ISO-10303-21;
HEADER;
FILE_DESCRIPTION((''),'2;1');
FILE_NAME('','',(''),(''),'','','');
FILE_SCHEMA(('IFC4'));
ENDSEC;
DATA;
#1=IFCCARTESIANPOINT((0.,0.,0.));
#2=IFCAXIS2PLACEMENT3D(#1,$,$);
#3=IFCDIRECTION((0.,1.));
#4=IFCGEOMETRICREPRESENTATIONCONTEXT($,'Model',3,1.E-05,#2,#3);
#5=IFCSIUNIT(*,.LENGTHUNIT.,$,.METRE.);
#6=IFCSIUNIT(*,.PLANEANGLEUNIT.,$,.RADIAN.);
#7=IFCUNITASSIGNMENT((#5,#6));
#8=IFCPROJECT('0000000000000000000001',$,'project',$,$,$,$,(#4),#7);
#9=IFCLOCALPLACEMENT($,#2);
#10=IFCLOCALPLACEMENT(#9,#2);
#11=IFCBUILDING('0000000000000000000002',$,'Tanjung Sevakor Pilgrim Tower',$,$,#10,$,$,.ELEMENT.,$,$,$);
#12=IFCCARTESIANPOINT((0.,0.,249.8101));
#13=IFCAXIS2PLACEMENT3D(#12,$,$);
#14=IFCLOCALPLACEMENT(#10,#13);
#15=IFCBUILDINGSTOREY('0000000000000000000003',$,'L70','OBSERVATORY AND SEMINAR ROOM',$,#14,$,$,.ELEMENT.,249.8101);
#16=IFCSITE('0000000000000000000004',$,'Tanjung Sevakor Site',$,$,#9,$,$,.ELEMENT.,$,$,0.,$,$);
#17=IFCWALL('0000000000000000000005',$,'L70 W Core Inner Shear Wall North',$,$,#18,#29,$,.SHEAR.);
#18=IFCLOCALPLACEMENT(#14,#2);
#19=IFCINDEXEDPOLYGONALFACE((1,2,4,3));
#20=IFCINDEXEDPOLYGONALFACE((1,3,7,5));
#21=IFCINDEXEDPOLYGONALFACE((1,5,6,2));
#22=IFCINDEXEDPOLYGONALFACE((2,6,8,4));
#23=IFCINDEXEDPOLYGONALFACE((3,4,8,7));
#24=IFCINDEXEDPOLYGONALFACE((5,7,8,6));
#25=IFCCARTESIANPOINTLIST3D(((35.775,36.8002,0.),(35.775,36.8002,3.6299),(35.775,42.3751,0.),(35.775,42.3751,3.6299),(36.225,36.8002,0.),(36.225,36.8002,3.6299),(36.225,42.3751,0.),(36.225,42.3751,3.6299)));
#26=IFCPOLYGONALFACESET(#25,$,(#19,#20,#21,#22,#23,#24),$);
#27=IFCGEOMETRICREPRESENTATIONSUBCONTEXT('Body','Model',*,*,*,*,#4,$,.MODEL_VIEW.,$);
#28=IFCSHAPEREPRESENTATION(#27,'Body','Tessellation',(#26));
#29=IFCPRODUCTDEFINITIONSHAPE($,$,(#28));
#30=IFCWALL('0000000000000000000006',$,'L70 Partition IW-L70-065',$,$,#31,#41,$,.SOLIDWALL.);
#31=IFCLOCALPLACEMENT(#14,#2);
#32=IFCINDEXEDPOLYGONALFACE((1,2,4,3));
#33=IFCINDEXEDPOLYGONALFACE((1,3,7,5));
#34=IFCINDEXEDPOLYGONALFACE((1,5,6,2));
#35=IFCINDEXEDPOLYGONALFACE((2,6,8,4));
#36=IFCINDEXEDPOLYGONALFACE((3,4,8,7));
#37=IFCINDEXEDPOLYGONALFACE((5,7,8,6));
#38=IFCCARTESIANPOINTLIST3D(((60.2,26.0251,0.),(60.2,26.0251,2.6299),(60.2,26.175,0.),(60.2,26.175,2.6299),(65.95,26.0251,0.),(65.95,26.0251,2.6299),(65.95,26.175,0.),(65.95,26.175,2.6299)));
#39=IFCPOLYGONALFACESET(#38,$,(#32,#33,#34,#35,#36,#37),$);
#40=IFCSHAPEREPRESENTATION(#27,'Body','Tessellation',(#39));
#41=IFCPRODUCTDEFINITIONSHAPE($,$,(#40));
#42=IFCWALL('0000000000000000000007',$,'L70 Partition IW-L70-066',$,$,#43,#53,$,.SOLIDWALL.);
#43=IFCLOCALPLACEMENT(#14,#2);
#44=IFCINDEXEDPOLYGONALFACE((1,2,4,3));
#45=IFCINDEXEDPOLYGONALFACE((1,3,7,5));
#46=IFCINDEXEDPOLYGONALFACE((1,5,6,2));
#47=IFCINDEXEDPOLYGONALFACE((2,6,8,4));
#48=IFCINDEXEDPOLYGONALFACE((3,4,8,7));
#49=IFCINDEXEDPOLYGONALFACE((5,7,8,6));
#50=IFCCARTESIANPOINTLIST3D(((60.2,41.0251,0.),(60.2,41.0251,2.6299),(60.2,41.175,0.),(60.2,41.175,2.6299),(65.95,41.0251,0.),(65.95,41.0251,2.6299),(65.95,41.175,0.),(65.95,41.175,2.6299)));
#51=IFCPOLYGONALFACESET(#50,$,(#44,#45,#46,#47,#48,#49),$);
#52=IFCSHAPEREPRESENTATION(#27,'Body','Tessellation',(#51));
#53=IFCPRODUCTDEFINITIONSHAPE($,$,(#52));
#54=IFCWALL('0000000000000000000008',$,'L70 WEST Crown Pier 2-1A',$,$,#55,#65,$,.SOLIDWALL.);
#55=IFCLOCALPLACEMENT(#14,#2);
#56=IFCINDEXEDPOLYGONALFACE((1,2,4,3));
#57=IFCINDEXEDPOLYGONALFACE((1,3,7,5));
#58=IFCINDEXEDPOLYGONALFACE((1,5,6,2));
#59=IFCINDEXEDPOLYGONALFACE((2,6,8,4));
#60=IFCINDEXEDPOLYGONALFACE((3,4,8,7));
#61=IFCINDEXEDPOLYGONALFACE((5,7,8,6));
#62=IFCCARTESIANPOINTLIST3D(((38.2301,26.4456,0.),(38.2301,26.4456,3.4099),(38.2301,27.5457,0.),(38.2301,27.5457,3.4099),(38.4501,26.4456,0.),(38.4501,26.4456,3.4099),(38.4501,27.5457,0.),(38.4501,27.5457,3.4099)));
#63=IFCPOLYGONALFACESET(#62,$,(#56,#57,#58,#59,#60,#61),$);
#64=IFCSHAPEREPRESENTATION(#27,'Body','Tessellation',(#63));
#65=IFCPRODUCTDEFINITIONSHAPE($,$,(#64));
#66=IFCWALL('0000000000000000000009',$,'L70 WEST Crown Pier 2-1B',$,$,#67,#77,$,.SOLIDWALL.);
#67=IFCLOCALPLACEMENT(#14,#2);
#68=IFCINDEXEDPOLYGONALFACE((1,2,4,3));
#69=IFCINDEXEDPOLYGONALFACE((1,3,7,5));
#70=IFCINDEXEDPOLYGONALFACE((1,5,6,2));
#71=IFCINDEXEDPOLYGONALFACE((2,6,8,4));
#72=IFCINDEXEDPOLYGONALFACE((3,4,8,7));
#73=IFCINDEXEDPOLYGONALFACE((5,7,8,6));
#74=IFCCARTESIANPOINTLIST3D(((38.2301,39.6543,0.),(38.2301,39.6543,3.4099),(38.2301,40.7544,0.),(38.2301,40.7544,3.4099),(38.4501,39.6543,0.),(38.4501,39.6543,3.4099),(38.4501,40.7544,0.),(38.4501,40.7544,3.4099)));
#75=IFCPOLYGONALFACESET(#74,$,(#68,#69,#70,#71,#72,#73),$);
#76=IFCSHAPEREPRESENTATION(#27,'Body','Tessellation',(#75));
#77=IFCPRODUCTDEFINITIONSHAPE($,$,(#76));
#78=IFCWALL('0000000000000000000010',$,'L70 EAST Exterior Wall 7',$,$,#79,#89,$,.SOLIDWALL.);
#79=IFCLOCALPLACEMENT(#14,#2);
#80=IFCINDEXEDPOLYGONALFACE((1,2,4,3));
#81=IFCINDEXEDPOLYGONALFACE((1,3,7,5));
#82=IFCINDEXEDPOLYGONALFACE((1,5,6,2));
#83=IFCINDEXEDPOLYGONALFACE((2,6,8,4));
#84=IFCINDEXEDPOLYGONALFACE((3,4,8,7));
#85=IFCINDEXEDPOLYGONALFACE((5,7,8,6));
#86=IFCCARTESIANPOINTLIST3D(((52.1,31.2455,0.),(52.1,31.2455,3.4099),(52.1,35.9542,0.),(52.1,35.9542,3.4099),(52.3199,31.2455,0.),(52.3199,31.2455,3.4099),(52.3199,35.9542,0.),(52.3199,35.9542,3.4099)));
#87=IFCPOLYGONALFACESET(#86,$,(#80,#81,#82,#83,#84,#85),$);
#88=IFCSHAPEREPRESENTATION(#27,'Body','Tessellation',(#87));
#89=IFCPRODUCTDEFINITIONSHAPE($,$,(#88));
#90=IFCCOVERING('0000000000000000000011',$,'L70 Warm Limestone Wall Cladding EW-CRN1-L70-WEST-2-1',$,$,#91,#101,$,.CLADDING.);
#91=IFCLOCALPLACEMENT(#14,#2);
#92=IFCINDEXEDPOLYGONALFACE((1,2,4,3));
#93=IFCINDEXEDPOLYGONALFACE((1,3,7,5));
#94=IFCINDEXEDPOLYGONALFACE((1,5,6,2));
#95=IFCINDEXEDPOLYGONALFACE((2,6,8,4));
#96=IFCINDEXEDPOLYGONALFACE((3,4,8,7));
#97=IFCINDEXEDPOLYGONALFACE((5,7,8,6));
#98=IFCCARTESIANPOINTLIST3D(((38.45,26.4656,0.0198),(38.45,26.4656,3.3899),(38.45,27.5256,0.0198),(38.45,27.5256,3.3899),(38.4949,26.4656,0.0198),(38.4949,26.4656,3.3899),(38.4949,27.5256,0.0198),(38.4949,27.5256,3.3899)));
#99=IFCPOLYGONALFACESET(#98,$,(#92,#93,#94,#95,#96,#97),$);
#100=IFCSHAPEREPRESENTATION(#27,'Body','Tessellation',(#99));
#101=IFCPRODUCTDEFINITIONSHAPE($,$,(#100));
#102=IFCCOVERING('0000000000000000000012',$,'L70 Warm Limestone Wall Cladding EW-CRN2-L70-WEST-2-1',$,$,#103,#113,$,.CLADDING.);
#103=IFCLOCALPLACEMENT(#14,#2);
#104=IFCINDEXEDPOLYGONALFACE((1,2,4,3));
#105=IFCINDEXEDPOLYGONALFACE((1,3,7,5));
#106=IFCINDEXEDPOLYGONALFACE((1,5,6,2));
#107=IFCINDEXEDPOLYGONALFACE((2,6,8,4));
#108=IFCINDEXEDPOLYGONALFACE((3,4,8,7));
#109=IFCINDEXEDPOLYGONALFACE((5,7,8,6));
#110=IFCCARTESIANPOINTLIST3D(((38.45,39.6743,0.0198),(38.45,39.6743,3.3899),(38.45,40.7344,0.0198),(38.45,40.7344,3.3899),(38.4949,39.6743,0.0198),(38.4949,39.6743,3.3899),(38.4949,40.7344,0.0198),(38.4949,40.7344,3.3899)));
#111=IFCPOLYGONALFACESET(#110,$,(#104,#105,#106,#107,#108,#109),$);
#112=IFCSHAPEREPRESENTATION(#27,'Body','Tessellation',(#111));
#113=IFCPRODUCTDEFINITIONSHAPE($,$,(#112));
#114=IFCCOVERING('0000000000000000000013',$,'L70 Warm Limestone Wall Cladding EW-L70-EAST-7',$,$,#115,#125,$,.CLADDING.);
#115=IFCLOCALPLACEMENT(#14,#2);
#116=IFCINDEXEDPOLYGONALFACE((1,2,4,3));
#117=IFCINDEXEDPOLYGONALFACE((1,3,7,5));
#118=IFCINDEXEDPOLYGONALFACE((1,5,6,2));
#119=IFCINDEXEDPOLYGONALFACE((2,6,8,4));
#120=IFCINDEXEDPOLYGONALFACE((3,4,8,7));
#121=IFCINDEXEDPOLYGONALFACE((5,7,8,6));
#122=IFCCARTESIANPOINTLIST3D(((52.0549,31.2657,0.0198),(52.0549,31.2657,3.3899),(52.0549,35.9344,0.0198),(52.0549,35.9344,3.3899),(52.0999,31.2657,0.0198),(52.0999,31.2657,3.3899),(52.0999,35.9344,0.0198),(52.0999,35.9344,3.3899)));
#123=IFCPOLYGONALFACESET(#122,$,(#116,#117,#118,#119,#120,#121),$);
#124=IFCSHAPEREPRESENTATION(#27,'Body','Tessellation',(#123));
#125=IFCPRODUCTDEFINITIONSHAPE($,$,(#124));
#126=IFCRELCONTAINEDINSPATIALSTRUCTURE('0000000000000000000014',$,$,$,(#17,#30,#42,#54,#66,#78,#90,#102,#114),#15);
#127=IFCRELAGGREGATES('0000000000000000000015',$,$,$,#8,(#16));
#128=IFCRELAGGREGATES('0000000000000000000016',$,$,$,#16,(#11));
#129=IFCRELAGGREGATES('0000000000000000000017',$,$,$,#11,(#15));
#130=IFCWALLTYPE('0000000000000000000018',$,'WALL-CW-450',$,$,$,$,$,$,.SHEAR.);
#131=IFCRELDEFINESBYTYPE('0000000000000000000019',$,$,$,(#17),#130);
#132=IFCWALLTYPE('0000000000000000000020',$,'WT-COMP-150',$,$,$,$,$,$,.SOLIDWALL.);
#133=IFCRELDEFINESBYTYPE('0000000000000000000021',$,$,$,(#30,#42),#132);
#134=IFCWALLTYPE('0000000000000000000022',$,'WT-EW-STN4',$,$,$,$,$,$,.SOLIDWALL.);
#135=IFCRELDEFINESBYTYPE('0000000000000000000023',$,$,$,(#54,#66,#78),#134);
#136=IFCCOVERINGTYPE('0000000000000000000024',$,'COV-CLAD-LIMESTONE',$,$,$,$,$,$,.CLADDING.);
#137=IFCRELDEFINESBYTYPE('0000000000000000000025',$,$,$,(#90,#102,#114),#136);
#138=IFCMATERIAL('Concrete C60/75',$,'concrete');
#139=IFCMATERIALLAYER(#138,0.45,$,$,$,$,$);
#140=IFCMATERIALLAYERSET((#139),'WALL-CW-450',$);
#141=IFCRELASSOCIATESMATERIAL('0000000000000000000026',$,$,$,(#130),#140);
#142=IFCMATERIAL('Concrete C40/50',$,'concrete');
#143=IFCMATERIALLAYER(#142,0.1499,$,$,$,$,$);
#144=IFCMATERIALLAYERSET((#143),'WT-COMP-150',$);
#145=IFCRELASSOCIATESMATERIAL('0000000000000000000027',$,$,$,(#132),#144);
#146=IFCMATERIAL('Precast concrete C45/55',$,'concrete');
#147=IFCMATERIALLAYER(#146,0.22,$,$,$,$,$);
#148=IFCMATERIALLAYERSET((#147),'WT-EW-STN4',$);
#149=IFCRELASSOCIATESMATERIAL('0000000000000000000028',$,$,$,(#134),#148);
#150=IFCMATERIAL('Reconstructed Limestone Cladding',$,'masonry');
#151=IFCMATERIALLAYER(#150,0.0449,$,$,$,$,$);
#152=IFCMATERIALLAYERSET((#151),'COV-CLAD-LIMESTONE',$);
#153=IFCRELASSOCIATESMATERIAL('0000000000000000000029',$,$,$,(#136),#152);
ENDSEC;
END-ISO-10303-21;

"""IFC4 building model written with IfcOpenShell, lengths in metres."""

from ifc_helpers import new_model, si_unit, direction, frame, frame_2d, origin, origin_2d, place, context, subcontext, project, spatial, rectangle, extrude, material, layer, layer_set, type_object, element, save


model = new_model("IFC4")

# Units and contexts
model_context = context("Model", 3, precision=1e-05, world=origin(), true_north=direction((0.0, 1.0)))
body_context = subcontext(model_context, "Body", "Model", "MODEL_VIEW")
ifc_project = project(units=[si_unit("LENGTHUNIT", "METRE"), si_unit("PLANEANGLEUNIT", "RADIAN")], contexts=[model_context])

# Site, building, storey
site_placement = place(None, origin())
site = spatial("IfcSite", under=ifc_project, at=site_placement, Name="Tanjung Sevakor Site", CompositionType="ELEMENT", RefElevation=0.0)
building_placement = place(site_placement, origin())
building = spatial("IfcBuilding", under=site, at=building_placement, Name="Tanjung Sevakor Pilgrim Tower", CompositionType="ELEMENT")
storey_placement = place(building_placement, frame((0.0, 0.0, 249.8101)))
storey = spatial("IfcBuildingStorey", under=building, at=storey_placement, Name="L70", Description="OBSERVATORY AND SEMINAR ROOM", CompositionType="ELEMENT", Elevation=249.8101)

# Shared definitions
ifc_material_1 = material(Name="Concrete C60/75", Category="concrete")
ifc_layer_1 = layer(ifc_material_1, 0.45)
ifc_layer_set_1 = layer_set([ifc_layer_1], Name="WALL-CW-450")
wall_type_1 = type_object("IfcWallType", Name="WALL-CW-450", PredefinedType="SHEAR", material=ifc_layer_set_1)

# Walls
wall_1_placement = place(storey_placement, frame((36.0, 36.8, 0.0), z_axis=(0.0, 0.0, 1.0), x_axis=(0.0, 1.0, 0.0)))
element("IfcWall", 1, at=wall_1_placement, inside=storey, type_object=wall_type_1, Name="L70 W Core Inner Shear Wall North", PredefinedType="SHEAR", context=body_context, shape_type="SweptSolid", body=[
    extrude(rectangle(XDim=5.575, YDim=0.45, at=frame_2d((2.7876, 0.0))), origin(), (0.0, 0.0, 1.0), 3.6299),
])
ifc_material_2 = material(Name="Concrete C40/50", Category="concrete")
ifc_layer_2 = layer(ifc_material_2, 0.1499)
ifc_layer_set_2 = layer_set([ifc_layer_2], Name="WT-COMP-150")
wall_type_2 = type_object("IfcWallType", Name="WT-COMP-150", PredefinedType="SOLIDWALL", material=ifc_layer_set_2)
for number, where, z_axis, x_axis, name in (
    (2, (60.2, 26.1001, 0.0), (0.0, 0.0, 1.0), (1.0, 0.0, 0.0), "L70 Partition IW-L70-065"),
    (3, (60.2, 41.1001, 0.0), (0.0, 0.0, 1.0), (1.0, 0.0, 0.0), "L70 Partition IW-L70-066"),
):
    element("IfcWall", number, at=place(storey_placement, frame(where, z_axis=z_axis, x_axis=x_axis)), inside=storey, type_object=wall_type_2, Name=name, PredefinedType="SOLIDWALL", context=body_context, shape_type="SweptSolid", body=[
        extrude(rectangle(XDim=5.75, YDim=0.1499, at=frame_2d((2.875, 0.0))), origin(), (0.0, 0.0, 1.0), 2.6299),
    ])
ifc_material_3 = material(Name="Precast concrete C45/55", Category="concrete")
ifc_layer_3 = layer(ifc_material_3, 0.22)
ifc_layer_set_3 = layer_set([ifc_layer_3], Name="WT-EW-STN4")
wall_type_3 = type_object("IfcWallType", Name="WT-EW-STN4", PredefinedType="SOLIDWALL", material=ifc_layer_set_3)
for number, where, z_axis, x_axis, name in (
    (4, (38.3401, 26.4456, 0.0), (0.0, 0.0, 1.0), (0.0, 1.0, 0.0), "L70 WEST Crown Pier 2-1A"),
    (5, (38.3401, 39.6543, 0.0), (0.0, 0.0, 1.0), (0.0, 1.0, 0.0), "L70 WEST Crown Pier 2-1B"),
):
    element("IfcWall", number, at=place(storey_placement, frame(where, z_axis=z_axis, x_axis=x_axis)), inside=storey, type_object=wall_type_3, Name=name, PredefinedType="SOLIDWALL", context=body_context, shape_type="SweptSolid", body=[
        extrude(rectangle(XDim=1.1001, YDim=0.22, at=frame_2d((0.55, 0.0))), origin(), (0.0, 0.0, 1.0), 3.4099),
    ])
wall_2_placement = place(storey_placement, frame((52.21, 35.9543, 0.0), z_axis=(0.0, 0.0, 1.0), x_axis=(0.0, -1.0, 0.0)))
element("IfcWall", 6, at=wall_2_placement, inside=storey, type_object=wall_type_3, Name="L70 EAST Exterior Wall 7", PredefinedType="SOLIDWALL", context=body_context, shape_type="SweptSolid", body=[
    extrude(rectangle(XDim=4.7087, YDim=0.22, at=frame_2d((2.3545, 0.0))), origin(), (0.0, 0.0, 1.0), 3.4099),
])

# Coverings
ifc_material_4 = material(Name="Reconstructed Limestone Cladding", Category="masonry")
ifc_layer_4 = layer(ifc_material_4, 0.0449)
ifc_layer_set_4 = layer_set([ifc_layer_4], Name="COV-CLAD-LIMESTONE")
covering_type = type_object("IfcCoveringType", Name="COV-CLAD-LIMESTONE", PredefinedType="CLADDING", material=ifc_layer_set_4)
for number, where, z_axis, x_axis, name in (
    (7, (38.4724, 26.9956, 0.0198), (0.0, 0.0, 1.0), (0.0, 1.0, 0.0), "L70 Warm Limestone Wall Cladding EW-CRN1-L70-WEST-2-1"),
    (8, (38.4724, 40.2043, 0.0198), (0.0, 0.0, 1.0), (0.0, 1.0, 0.0), "L70 Warm Limestone Wall Cladding EW-CRN2-L70-WEST-2-1"),
):
    element("IfcCovering", number, at=place(storey_placement, frame(where, z_axis=z_axis, x_axis=x_axis)), inside=storey, type_object=covering_type, Name=name, PredefinedType="CLADDING", context=body_context, shape_type="SweptSolid", body=[
        extrude(rectangle(XDim=1.0601, YDim=0.0449, at=origin_2d()), origin(), (0.0, 0.0, 1.0), 3.3701),
    ])
covering_placement = place(storey_placement, frame((52.0774, 33.6001, 0.0198), z_axis=(0.0, 0.0, 1.0), x_axis=(0.0, -1.0, 0.0)))
element("IfcCovering", 9, at=covering_placement, inside=storey, type_object=covering_type, Name="L70 Warm Limestone Wall Cladding EW-L70-EAST-7", PredefinedType="CLADDING", context=body_context, shape_type="SweptSolid", body=[
    extrude(rectangle(XDim=4.6687, YDim=0.0449, at=origin_2d()), origin(), (0.0, 0.0, 1.0), 3.3701),
])

save(model, "model.ifc")
